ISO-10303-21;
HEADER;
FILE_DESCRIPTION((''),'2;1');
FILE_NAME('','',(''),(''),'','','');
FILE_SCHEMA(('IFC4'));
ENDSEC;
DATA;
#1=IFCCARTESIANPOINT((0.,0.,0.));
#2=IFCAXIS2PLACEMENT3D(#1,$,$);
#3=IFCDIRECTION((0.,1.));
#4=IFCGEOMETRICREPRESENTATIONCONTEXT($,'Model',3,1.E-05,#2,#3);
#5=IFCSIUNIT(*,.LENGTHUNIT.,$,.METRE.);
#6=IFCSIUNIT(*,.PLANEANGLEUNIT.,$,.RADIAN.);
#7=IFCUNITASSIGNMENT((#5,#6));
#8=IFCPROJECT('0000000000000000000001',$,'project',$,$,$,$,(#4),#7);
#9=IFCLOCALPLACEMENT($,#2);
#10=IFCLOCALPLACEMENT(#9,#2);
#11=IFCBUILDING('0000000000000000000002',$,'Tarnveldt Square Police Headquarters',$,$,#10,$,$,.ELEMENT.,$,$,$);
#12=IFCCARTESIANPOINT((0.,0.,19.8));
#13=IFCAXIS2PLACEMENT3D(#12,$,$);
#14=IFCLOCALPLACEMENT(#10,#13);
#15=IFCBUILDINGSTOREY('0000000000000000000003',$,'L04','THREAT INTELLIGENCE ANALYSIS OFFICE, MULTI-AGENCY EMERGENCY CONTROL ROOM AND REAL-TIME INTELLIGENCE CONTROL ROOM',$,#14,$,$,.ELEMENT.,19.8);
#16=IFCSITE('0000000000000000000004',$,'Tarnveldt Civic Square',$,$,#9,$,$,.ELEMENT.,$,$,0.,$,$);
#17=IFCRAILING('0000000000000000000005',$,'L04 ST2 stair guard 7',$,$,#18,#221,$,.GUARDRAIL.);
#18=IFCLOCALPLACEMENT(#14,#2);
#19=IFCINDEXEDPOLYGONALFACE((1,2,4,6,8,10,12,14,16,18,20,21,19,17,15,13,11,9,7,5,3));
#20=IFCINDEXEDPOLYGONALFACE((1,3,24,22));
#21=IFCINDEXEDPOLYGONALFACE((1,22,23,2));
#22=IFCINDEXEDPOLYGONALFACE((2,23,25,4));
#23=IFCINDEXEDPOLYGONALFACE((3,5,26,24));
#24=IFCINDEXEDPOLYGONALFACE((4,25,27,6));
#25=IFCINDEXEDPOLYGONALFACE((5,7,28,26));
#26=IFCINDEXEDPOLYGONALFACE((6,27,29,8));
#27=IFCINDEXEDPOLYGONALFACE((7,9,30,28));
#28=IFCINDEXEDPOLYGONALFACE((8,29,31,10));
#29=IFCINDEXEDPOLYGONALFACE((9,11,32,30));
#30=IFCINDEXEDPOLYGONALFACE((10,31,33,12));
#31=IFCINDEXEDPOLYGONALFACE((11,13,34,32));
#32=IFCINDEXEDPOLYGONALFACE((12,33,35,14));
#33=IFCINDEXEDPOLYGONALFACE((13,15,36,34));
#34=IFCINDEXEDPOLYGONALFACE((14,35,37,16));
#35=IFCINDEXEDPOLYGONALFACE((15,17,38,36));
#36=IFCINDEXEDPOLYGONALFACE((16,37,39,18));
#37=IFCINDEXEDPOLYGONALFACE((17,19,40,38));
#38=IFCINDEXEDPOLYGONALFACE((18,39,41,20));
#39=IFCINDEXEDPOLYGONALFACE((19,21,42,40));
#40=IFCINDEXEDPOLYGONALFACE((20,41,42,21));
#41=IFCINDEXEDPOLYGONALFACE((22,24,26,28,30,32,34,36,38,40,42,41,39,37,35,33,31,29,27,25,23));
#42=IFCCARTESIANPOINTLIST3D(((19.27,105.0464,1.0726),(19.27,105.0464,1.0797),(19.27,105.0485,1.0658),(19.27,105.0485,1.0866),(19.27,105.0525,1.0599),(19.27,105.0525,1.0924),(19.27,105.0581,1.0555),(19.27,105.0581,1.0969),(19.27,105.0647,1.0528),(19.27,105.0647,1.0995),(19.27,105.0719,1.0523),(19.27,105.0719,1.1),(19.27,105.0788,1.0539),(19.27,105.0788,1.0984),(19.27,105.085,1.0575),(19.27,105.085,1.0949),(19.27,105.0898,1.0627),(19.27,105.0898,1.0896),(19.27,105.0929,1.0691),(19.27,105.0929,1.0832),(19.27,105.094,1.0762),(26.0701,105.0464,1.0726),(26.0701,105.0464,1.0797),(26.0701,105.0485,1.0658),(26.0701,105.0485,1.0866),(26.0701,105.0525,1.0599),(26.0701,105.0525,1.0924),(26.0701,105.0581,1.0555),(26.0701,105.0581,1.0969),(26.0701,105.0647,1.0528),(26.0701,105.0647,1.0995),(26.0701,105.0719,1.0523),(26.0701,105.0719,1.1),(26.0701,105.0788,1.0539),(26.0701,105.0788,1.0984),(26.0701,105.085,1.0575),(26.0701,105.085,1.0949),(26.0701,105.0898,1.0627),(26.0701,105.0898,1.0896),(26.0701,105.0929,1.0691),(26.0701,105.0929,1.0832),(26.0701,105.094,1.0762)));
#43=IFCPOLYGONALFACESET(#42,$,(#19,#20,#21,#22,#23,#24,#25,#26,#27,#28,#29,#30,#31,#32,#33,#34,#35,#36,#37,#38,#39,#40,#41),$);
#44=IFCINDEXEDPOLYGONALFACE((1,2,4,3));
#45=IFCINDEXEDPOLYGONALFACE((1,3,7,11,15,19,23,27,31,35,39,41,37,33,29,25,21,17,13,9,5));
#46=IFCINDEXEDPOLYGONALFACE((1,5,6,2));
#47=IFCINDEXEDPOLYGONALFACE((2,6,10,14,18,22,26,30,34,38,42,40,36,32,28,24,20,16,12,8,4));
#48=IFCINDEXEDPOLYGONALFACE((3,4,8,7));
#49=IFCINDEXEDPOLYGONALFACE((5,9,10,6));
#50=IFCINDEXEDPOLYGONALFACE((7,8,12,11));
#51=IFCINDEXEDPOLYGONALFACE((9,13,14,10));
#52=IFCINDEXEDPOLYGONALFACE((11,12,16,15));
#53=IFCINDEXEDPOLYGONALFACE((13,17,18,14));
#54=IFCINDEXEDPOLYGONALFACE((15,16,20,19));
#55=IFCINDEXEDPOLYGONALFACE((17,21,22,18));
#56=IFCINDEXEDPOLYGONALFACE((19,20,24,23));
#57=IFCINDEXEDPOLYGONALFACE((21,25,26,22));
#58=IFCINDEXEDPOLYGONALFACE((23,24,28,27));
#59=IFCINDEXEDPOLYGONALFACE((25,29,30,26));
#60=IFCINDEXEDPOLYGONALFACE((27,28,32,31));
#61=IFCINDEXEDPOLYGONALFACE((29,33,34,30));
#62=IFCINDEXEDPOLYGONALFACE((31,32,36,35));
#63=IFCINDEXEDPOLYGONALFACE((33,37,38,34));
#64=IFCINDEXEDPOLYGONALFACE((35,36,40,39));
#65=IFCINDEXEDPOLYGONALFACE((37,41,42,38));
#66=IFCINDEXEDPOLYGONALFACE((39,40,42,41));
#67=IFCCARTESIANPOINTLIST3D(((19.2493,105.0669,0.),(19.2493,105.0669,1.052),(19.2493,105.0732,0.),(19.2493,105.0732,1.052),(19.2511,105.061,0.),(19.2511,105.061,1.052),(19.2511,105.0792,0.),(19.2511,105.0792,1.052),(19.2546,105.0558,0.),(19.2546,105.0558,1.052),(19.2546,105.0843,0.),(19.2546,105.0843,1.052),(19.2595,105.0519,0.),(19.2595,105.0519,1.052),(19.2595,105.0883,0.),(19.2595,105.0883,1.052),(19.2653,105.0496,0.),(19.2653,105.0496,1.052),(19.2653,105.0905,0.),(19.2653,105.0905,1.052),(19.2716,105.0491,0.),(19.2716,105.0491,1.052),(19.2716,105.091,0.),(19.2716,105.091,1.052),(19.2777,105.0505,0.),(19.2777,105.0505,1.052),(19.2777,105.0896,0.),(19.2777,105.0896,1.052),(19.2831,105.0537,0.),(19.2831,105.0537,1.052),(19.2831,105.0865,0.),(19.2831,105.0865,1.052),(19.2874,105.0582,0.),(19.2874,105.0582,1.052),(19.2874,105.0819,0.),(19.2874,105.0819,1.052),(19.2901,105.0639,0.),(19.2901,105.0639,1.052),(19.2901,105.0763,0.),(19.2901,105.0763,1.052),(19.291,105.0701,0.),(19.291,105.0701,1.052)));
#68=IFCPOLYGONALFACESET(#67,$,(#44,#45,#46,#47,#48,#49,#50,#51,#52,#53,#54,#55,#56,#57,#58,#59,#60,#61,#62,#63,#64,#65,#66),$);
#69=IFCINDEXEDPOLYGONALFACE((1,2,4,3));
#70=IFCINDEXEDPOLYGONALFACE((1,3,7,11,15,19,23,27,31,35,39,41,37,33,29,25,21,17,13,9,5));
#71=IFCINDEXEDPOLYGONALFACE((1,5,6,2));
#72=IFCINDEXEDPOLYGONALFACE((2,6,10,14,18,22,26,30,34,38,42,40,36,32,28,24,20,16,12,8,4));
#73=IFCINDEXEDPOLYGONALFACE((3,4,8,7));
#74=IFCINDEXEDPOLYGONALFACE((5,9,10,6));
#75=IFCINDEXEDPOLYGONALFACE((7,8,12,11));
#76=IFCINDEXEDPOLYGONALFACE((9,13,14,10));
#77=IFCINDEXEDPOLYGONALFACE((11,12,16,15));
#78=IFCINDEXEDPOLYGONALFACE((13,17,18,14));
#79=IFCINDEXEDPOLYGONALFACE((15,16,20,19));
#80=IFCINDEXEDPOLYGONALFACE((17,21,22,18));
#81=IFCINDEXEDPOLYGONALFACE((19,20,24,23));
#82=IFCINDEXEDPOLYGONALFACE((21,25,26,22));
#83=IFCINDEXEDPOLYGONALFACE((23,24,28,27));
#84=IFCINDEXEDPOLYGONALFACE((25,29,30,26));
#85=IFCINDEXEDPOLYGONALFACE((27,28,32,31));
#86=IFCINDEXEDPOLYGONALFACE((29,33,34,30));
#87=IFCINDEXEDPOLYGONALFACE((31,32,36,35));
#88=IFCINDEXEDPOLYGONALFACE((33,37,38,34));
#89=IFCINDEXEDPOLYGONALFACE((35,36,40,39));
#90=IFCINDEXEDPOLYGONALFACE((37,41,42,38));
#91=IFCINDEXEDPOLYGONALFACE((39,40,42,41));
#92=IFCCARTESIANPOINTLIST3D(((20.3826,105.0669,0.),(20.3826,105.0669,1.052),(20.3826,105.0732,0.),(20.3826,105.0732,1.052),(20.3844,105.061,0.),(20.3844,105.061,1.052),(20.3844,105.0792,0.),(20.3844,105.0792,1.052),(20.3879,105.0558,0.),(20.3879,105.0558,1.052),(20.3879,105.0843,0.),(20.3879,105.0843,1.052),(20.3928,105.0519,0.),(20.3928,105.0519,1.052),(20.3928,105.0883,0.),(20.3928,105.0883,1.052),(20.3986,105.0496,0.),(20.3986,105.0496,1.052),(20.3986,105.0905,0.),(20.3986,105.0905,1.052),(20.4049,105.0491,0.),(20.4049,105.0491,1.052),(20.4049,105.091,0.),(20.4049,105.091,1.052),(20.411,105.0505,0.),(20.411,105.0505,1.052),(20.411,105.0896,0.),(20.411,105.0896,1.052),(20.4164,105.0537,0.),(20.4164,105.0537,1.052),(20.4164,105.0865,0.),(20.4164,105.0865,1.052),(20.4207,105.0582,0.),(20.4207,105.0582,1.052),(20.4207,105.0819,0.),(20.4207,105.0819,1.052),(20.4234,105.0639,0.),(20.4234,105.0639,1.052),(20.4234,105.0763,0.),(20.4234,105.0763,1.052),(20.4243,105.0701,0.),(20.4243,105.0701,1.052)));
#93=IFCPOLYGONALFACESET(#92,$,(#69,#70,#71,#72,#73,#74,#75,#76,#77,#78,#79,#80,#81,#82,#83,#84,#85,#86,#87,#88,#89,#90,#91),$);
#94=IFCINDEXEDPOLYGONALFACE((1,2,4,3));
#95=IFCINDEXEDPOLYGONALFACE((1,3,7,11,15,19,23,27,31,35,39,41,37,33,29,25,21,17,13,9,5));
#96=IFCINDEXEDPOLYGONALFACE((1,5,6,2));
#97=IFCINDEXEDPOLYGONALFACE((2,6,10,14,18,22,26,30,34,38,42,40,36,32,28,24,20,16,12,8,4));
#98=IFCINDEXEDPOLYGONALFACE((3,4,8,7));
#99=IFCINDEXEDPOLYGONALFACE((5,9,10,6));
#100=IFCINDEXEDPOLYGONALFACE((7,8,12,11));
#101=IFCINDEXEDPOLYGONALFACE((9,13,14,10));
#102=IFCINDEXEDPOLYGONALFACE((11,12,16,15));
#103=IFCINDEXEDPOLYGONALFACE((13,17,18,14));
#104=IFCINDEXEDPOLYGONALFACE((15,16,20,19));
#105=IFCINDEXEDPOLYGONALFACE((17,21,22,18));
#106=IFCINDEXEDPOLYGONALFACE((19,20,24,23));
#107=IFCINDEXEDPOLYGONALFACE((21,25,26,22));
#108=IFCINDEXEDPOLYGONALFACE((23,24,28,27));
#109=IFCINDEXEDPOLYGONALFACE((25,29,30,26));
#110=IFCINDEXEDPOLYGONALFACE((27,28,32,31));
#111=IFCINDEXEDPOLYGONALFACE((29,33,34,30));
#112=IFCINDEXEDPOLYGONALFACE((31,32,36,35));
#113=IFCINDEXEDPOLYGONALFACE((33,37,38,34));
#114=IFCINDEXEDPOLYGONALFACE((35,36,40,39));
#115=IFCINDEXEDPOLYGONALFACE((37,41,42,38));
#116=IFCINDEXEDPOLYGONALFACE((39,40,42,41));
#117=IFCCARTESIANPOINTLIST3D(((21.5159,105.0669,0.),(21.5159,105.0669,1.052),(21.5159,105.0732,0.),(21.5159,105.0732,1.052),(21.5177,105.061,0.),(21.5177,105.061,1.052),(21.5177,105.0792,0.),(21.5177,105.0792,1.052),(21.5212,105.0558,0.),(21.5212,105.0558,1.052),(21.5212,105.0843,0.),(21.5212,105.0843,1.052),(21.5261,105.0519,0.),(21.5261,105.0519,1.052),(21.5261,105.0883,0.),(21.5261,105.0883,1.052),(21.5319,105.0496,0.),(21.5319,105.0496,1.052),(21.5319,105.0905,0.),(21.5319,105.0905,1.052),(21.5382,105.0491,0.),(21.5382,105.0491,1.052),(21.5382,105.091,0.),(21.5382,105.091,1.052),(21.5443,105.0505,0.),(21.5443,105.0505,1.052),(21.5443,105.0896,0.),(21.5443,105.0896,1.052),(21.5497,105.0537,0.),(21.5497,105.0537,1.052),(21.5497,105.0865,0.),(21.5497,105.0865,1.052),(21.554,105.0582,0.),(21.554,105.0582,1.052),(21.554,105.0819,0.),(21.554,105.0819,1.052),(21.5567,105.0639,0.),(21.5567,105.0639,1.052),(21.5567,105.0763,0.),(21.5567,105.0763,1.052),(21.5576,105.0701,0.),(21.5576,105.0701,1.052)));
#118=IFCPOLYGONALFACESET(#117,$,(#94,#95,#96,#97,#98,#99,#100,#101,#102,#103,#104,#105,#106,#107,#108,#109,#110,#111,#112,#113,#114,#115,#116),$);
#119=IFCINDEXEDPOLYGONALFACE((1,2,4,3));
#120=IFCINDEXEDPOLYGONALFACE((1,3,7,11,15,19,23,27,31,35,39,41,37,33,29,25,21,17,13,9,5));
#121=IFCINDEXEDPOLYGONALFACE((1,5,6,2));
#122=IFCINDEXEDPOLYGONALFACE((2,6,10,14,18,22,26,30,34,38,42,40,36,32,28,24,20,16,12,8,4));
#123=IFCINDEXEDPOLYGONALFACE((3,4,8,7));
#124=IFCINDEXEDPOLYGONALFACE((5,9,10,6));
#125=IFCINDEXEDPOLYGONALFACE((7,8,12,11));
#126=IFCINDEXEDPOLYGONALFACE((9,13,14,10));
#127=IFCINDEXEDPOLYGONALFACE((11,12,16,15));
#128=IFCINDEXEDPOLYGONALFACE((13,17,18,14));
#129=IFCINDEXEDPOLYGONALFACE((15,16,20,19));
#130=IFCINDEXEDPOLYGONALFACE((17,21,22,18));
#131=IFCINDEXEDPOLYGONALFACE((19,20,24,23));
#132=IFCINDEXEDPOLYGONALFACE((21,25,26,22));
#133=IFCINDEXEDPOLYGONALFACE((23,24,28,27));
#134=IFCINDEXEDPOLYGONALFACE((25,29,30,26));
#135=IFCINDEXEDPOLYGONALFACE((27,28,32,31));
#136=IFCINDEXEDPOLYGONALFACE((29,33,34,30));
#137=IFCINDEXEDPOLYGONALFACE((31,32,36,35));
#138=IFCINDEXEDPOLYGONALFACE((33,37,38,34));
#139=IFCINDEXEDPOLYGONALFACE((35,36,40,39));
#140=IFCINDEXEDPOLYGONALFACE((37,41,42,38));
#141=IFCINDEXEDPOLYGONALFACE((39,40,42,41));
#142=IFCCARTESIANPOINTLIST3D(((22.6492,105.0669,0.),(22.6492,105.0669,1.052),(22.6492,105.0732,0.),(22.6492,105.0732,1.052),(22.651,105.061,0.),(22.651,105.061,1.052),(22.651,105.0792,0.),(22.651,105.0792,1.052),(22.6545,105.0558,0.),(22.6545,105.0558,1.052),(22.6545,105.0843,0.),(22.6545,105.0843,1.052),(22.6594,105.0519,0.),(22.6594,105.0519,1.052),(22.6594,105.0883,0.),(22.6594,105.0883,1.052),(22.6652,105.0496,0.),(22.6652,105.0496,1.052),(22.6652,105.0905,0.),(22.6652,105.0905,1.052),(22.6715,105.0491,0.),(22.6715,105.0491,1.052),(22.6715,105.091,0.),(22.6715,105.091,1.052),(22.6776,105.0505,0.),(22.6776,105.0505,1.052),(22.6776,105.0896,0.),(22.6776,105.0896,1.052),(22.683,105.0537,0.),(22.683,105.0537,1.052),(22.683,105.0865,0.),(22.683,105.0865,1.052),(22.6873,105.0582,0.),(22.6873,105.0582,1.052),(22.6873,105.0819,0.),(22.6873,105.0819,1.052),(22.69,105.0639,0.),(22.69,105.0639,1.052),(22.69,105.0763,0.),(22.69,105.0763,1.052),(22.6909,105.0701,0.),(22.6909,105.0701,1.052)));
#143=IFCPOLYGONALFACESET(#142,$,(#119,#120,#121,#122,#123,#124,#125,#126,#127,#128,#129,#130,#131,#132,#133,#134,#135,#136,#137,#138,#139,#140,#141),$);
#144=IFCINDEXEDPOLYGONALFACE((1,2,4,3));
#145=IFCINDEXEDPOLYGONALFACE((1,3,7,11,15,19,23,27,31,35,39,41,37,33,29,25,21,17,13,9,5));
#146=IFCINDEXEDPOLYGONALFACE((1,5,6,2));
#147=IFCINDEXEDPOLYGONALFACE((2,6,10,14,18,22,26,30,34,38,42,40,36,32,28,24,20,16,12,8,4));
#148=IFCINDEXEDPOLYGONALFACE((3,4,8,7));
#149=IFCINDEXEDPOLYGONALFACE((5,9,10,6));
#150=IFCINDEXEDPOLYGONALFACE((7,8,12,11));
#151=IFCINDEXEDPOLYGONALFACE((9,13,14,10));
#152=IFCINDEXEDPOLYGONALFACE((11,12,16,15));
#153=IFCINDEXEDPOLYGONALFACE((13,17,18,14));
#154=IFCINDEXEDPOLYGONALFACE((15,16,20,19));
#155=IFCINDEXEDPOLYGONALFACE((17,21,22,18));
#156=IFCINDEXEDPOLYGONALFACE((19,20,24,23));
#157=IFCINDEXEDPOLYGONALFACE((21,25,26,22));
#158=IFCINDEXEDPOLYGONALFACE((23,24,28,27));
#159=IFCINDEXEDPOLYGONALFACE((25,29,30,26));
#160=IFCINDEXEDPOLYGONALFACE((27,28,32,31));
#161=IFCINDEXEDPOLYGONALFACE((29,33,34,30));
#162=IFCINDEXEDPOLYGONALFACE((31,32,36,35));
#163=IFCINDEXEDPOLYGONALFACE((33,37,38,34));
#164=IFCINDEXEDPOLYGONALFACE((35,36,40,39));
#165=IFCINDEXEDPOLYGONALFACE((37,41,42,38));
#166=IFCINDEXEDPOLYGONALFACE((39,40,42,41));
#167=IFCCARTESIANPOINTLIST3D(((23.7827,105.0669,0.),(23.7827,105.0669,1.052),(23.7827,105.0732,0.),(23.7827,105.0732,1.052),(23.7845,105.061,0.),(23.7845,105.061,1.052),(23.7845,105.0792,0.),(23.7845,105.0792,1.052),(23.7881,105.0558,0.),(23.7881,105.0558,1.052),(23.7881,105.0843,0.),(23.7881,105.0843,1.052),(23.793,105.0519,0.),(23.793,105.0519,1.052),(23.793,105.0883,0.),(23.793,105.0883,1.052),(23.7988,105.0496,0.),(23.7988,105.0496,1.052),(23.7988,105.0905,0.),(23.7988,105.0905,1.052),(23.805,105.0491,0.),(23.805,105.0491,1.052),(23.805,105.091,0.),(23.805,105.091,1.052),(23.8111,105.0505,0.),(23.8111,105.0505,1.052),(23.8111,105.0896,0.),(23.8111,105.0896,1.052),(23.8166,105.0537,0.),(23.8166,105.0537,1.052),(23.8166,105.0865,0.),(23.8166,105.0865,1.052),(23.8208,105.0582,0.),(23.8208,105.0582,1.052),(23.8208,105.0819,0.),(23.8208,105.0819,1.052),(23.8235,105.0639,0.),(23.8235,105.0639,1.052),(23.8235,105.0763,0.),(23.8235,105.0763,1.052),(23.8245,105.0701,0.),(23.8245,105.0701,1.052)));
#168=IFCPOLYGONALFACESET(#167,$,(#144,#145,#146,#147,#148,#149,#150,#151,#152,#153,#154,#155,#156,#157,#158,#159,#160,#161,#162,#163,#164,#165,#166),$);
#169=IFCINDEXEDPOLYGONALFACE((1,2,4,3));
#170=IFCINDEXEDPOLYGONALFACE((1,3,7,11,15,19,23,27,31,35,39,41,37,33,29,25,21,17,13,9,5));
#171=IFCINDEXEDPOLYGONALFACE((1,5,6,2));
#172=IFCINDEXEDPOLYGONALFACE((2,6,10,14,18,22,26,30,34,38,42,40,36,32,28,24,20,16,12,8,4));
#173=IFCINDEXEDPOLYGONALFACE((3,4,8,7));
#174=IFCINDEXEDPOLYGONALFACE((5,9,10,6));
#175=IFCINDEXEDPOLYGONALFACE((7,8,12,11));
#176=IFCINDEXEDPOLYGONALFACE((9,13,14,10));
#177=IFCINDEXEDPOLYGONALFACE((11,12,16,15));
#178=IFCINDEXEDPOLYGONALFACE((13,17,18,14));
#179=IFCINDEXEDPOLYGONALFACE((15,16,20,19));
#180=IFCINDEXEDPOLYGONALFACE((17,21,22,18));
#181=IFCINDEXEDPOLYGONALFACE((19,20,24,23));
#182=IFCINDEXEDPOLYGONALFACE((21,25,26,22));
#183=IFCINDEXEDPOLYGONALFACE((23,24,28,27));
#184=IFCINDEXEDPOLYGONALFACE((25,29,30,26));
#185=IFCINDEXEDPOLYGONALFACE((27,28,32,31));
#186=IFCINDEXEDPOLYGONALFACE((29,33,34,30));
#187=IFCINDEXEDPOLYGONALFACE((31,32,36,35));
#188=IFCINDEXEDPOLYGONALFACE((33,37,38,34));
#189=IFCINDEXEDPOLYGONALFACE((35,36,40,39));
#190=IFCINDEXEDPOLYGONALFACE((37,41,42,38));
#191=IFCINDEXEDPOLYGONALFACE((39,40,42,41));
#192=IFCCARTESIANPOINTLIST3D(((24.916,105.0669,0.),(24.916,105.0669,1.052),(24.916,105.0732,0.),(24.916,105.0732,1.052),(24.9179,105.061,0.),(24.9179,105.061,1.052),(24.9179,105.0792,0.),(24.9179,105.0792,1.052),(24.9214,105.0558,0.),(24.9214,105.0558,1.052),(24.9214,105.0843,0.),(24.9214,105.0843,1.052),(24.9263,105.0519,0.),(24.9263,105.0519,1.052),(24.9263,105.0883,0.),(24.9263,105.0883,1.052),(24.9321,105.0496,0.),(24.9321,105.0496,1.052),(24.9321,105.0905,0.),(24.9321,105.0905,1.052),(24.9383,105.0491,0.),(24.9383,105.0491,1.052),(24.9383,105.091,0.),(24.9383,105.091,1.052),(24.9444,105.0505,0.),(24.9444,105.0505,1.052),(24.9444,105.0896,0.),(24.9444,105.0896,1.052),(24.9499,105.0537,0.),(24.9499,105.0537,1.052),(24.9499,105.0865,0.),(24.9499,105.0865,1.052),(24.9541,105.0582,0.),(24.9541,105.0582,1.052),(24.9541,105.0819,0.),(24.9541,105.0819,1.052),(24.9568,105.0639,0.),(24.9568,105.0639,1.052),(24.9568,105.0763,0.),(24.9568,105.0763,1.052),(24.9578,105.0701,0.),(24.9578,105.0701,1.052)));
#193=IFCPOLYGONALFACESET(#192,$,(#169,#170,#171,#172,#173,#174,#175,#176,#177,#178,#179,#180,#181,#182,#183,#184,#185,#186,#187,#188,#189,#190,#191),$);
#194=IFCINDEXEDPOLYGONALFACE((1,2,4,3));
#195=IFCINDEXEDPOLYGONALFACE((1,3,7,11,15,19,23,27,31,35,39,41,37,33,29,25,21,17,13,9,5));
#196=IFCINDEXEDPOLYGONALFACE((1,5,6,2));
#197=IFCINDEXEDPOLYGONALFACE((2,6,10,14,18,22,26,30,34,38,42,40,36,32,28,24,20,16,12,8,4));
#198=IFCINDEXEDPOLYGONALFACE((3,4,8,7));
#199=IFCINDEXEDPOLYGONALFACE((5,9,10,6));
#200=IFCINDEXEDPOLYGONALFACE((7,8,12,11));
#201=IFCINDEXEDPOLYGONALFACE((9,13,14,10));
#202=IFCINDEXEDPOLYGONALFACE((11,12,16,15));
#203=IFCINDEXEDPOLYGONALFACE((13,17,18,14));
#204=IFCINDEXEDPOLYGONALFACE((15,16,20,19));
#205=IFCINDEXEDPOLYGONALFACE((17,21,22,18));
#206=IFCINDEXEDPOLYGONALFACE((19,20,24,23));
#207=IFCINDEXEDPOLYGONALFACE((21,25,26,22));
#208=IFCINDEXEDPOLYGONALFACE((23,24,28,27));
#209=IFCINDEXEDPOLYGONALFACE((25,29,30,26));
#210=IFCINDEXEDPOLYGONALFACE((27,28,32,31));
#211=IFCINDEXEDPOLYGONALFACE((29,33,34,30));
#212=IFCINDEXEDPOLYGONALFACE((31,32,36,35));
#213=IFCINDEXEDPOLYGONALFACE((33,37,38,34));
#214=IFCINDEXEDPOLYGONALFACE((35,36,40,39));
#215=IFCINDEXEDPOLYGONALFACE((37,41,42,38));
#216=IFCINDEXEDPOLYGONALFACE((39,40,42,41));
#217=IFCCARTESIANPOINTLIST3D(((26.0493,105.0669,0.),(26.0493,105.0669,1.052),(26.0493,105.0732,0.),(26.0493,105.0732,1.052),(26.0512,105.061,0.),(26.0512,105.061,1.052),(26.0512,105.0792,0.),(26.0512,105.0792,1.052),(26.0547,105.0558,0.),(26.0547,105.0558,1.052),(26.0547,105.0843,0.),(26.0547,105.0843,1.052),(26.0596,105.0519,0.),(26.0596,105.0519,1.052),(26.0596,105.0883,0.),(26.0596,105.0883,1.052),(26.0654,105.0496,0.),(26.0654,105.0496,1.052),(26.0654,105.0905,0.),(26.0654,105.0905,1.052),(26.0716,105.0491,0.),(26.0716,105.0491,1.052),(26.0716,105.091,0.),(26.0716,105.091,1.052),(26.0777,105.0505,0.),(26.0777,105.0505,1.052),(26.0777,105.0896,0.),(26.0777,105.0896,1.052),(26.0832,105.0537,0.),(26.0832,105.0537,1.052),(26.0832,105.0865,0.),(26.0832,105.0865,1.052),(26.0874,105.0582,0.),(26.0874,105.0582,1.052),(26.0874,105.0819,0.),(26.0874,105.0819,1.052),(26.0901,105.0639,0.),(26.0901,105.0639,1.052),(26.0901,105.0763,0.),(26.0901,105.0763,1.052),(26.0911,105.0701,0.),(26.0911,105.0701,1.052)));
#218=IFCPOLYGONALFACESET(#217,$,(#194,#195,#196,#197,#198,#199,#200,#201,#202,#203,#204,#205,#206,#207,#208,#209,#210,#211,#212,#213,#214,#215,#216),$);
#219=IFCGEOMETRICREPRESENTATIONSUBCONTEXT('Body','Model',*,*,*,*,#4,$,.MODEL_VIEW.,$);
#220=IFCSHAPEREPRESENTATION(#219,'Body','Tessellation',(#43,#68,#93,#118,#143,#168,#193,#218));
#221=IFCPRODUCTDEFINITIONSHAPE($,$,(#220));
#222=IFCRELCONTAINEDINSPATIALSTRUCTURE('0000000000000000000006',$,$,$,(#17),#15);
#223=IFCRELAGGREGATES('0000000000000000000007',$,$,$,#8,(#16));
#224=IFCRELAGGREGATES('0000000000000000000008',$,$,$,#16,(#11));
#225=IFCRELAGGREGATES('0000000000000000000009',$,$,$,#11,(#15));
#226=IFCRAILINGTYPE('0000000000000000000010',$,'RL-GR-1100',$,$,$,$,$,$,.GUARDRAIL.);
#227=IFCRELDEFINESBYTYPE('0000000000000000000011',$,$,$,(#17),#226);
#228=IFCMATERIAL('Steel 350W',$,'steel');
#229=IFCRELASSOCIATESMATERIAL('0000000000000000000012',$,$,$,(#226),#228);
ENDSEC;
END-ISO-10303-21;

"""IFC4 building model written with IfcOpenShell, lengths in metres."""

from ifc_helpers import new_model, si_unit, direction, frame, origin, origin_2d, place, context, subcontext, project, spatial, circle, extrude, material, type_object, element, save


model = new_model("IFC4")

# Units and contexts
model_context = context("Model", 3, precision=1e-05, world=origin(), true_north=direction((0.0, 1.0)))
body_context = subcontext(model_context, "Body", "Model", "MODEL_VIEW")
ifc_project = project(units=[si_unit("LENGTHUNIT", "METRE"), si_unit("PLANEANGLEUNIT", "RADIAN")], contexts=[model_context])

# Site, building, storey
site_placement = place(None, origin())
site = spatial("IfcSite", under=ifc_project, at=site_placement, Name="Tarnveldt Civic Square", CompositionType="ELEMENT", RefElevation=0.0)
building_placement = place(site_placement, origin())
building = spatial("IfcBuilding", under=site, at=building_placement, Name="Tarnveldt Square Police Headquarters", CompositionType="ELEMENT")
storey_placement = place(building_placement, frame((0.0, 0.0, 19.8)))
storey = spatial("IfcBuildingStorey", under=building, at=storey_placement, Name="L04", Description="THREAT INTELLIGENCE ANALYSIS OFFICE, MULTI-AGENCY EMERGENCY CONTROL ROOM AND REAL-TIME INTELLIGENCE CONTROL ROOM", CompositionType="ELEMENT", Elevation=19.8)

# Shared definitions
ifc_material_1 = material(Name="Steel 350W", Category="steel")

# Railing
railing_type_1 = type_object("IfcRailingType", Name="RL-GR-1100", PredefinedType="GUARDRAIL", material=ifc_material_1)
railing_1_placement = place(storey_placement, frame((19.27, 105.0701, 0.0)))
element("IfcRailing", 1, at=railing_1_placement, inside=storey, type_object=railing_type_1, Name="L04 ST2 stair guard 7", PredefinedType="GUARDRAIL", context=body_context, shape_type="SweptSolid", body=[
    extrude(circle(Radius=0.0239, at=origin_2d()), frame((0.0, 0.0, 1.0762), z_axis=(1.0, 0.0, 0.0), x_axis=(0.0, 1.0, 0.0)), (0.0, 0.0, 1.0), 6.8),
    extrude(circle(Radius=0.021, at=origin_2d()), origin(), (0.0, 0.0, 1.0), 1.052),
    extrude(circle(Radius=0.021, at=origin_2d()), frame((1.1333, 0.0, 0.0)), (0.0, 0.0, 1.0), 1.052),
    extrude(circle(Radius=0.021, at=origin_2d()), frame((2.2666, 0.0, 0.0)), (0.0, 0.0, 1.0), 1.052),
    extrude(circle(Radius=0.021, at=origin_2d()), frame((3.3999, 0.0, 0.0)), (0.0, 0.0, 1.0), 1.052),
    extrude(circle(Radius=0.021, at=origin_2d()), frame((4.5334, 0.0, 0.0)), (0.0, 0.0, 1.0), 1.052),
    extrude(circle(Radius=0.021, at=origin_2d()), frame((5.6667, 0.0, 0.0)), (0.0, 0.0, 1.0), 1.052),
    extrude(circle(Radius=0.021, at=origin_2d()), frame((6.8, 0.0, 0.0)), (0.0, 0.0, 1.0), 1.052),
])

save(model, "model.ifc")
